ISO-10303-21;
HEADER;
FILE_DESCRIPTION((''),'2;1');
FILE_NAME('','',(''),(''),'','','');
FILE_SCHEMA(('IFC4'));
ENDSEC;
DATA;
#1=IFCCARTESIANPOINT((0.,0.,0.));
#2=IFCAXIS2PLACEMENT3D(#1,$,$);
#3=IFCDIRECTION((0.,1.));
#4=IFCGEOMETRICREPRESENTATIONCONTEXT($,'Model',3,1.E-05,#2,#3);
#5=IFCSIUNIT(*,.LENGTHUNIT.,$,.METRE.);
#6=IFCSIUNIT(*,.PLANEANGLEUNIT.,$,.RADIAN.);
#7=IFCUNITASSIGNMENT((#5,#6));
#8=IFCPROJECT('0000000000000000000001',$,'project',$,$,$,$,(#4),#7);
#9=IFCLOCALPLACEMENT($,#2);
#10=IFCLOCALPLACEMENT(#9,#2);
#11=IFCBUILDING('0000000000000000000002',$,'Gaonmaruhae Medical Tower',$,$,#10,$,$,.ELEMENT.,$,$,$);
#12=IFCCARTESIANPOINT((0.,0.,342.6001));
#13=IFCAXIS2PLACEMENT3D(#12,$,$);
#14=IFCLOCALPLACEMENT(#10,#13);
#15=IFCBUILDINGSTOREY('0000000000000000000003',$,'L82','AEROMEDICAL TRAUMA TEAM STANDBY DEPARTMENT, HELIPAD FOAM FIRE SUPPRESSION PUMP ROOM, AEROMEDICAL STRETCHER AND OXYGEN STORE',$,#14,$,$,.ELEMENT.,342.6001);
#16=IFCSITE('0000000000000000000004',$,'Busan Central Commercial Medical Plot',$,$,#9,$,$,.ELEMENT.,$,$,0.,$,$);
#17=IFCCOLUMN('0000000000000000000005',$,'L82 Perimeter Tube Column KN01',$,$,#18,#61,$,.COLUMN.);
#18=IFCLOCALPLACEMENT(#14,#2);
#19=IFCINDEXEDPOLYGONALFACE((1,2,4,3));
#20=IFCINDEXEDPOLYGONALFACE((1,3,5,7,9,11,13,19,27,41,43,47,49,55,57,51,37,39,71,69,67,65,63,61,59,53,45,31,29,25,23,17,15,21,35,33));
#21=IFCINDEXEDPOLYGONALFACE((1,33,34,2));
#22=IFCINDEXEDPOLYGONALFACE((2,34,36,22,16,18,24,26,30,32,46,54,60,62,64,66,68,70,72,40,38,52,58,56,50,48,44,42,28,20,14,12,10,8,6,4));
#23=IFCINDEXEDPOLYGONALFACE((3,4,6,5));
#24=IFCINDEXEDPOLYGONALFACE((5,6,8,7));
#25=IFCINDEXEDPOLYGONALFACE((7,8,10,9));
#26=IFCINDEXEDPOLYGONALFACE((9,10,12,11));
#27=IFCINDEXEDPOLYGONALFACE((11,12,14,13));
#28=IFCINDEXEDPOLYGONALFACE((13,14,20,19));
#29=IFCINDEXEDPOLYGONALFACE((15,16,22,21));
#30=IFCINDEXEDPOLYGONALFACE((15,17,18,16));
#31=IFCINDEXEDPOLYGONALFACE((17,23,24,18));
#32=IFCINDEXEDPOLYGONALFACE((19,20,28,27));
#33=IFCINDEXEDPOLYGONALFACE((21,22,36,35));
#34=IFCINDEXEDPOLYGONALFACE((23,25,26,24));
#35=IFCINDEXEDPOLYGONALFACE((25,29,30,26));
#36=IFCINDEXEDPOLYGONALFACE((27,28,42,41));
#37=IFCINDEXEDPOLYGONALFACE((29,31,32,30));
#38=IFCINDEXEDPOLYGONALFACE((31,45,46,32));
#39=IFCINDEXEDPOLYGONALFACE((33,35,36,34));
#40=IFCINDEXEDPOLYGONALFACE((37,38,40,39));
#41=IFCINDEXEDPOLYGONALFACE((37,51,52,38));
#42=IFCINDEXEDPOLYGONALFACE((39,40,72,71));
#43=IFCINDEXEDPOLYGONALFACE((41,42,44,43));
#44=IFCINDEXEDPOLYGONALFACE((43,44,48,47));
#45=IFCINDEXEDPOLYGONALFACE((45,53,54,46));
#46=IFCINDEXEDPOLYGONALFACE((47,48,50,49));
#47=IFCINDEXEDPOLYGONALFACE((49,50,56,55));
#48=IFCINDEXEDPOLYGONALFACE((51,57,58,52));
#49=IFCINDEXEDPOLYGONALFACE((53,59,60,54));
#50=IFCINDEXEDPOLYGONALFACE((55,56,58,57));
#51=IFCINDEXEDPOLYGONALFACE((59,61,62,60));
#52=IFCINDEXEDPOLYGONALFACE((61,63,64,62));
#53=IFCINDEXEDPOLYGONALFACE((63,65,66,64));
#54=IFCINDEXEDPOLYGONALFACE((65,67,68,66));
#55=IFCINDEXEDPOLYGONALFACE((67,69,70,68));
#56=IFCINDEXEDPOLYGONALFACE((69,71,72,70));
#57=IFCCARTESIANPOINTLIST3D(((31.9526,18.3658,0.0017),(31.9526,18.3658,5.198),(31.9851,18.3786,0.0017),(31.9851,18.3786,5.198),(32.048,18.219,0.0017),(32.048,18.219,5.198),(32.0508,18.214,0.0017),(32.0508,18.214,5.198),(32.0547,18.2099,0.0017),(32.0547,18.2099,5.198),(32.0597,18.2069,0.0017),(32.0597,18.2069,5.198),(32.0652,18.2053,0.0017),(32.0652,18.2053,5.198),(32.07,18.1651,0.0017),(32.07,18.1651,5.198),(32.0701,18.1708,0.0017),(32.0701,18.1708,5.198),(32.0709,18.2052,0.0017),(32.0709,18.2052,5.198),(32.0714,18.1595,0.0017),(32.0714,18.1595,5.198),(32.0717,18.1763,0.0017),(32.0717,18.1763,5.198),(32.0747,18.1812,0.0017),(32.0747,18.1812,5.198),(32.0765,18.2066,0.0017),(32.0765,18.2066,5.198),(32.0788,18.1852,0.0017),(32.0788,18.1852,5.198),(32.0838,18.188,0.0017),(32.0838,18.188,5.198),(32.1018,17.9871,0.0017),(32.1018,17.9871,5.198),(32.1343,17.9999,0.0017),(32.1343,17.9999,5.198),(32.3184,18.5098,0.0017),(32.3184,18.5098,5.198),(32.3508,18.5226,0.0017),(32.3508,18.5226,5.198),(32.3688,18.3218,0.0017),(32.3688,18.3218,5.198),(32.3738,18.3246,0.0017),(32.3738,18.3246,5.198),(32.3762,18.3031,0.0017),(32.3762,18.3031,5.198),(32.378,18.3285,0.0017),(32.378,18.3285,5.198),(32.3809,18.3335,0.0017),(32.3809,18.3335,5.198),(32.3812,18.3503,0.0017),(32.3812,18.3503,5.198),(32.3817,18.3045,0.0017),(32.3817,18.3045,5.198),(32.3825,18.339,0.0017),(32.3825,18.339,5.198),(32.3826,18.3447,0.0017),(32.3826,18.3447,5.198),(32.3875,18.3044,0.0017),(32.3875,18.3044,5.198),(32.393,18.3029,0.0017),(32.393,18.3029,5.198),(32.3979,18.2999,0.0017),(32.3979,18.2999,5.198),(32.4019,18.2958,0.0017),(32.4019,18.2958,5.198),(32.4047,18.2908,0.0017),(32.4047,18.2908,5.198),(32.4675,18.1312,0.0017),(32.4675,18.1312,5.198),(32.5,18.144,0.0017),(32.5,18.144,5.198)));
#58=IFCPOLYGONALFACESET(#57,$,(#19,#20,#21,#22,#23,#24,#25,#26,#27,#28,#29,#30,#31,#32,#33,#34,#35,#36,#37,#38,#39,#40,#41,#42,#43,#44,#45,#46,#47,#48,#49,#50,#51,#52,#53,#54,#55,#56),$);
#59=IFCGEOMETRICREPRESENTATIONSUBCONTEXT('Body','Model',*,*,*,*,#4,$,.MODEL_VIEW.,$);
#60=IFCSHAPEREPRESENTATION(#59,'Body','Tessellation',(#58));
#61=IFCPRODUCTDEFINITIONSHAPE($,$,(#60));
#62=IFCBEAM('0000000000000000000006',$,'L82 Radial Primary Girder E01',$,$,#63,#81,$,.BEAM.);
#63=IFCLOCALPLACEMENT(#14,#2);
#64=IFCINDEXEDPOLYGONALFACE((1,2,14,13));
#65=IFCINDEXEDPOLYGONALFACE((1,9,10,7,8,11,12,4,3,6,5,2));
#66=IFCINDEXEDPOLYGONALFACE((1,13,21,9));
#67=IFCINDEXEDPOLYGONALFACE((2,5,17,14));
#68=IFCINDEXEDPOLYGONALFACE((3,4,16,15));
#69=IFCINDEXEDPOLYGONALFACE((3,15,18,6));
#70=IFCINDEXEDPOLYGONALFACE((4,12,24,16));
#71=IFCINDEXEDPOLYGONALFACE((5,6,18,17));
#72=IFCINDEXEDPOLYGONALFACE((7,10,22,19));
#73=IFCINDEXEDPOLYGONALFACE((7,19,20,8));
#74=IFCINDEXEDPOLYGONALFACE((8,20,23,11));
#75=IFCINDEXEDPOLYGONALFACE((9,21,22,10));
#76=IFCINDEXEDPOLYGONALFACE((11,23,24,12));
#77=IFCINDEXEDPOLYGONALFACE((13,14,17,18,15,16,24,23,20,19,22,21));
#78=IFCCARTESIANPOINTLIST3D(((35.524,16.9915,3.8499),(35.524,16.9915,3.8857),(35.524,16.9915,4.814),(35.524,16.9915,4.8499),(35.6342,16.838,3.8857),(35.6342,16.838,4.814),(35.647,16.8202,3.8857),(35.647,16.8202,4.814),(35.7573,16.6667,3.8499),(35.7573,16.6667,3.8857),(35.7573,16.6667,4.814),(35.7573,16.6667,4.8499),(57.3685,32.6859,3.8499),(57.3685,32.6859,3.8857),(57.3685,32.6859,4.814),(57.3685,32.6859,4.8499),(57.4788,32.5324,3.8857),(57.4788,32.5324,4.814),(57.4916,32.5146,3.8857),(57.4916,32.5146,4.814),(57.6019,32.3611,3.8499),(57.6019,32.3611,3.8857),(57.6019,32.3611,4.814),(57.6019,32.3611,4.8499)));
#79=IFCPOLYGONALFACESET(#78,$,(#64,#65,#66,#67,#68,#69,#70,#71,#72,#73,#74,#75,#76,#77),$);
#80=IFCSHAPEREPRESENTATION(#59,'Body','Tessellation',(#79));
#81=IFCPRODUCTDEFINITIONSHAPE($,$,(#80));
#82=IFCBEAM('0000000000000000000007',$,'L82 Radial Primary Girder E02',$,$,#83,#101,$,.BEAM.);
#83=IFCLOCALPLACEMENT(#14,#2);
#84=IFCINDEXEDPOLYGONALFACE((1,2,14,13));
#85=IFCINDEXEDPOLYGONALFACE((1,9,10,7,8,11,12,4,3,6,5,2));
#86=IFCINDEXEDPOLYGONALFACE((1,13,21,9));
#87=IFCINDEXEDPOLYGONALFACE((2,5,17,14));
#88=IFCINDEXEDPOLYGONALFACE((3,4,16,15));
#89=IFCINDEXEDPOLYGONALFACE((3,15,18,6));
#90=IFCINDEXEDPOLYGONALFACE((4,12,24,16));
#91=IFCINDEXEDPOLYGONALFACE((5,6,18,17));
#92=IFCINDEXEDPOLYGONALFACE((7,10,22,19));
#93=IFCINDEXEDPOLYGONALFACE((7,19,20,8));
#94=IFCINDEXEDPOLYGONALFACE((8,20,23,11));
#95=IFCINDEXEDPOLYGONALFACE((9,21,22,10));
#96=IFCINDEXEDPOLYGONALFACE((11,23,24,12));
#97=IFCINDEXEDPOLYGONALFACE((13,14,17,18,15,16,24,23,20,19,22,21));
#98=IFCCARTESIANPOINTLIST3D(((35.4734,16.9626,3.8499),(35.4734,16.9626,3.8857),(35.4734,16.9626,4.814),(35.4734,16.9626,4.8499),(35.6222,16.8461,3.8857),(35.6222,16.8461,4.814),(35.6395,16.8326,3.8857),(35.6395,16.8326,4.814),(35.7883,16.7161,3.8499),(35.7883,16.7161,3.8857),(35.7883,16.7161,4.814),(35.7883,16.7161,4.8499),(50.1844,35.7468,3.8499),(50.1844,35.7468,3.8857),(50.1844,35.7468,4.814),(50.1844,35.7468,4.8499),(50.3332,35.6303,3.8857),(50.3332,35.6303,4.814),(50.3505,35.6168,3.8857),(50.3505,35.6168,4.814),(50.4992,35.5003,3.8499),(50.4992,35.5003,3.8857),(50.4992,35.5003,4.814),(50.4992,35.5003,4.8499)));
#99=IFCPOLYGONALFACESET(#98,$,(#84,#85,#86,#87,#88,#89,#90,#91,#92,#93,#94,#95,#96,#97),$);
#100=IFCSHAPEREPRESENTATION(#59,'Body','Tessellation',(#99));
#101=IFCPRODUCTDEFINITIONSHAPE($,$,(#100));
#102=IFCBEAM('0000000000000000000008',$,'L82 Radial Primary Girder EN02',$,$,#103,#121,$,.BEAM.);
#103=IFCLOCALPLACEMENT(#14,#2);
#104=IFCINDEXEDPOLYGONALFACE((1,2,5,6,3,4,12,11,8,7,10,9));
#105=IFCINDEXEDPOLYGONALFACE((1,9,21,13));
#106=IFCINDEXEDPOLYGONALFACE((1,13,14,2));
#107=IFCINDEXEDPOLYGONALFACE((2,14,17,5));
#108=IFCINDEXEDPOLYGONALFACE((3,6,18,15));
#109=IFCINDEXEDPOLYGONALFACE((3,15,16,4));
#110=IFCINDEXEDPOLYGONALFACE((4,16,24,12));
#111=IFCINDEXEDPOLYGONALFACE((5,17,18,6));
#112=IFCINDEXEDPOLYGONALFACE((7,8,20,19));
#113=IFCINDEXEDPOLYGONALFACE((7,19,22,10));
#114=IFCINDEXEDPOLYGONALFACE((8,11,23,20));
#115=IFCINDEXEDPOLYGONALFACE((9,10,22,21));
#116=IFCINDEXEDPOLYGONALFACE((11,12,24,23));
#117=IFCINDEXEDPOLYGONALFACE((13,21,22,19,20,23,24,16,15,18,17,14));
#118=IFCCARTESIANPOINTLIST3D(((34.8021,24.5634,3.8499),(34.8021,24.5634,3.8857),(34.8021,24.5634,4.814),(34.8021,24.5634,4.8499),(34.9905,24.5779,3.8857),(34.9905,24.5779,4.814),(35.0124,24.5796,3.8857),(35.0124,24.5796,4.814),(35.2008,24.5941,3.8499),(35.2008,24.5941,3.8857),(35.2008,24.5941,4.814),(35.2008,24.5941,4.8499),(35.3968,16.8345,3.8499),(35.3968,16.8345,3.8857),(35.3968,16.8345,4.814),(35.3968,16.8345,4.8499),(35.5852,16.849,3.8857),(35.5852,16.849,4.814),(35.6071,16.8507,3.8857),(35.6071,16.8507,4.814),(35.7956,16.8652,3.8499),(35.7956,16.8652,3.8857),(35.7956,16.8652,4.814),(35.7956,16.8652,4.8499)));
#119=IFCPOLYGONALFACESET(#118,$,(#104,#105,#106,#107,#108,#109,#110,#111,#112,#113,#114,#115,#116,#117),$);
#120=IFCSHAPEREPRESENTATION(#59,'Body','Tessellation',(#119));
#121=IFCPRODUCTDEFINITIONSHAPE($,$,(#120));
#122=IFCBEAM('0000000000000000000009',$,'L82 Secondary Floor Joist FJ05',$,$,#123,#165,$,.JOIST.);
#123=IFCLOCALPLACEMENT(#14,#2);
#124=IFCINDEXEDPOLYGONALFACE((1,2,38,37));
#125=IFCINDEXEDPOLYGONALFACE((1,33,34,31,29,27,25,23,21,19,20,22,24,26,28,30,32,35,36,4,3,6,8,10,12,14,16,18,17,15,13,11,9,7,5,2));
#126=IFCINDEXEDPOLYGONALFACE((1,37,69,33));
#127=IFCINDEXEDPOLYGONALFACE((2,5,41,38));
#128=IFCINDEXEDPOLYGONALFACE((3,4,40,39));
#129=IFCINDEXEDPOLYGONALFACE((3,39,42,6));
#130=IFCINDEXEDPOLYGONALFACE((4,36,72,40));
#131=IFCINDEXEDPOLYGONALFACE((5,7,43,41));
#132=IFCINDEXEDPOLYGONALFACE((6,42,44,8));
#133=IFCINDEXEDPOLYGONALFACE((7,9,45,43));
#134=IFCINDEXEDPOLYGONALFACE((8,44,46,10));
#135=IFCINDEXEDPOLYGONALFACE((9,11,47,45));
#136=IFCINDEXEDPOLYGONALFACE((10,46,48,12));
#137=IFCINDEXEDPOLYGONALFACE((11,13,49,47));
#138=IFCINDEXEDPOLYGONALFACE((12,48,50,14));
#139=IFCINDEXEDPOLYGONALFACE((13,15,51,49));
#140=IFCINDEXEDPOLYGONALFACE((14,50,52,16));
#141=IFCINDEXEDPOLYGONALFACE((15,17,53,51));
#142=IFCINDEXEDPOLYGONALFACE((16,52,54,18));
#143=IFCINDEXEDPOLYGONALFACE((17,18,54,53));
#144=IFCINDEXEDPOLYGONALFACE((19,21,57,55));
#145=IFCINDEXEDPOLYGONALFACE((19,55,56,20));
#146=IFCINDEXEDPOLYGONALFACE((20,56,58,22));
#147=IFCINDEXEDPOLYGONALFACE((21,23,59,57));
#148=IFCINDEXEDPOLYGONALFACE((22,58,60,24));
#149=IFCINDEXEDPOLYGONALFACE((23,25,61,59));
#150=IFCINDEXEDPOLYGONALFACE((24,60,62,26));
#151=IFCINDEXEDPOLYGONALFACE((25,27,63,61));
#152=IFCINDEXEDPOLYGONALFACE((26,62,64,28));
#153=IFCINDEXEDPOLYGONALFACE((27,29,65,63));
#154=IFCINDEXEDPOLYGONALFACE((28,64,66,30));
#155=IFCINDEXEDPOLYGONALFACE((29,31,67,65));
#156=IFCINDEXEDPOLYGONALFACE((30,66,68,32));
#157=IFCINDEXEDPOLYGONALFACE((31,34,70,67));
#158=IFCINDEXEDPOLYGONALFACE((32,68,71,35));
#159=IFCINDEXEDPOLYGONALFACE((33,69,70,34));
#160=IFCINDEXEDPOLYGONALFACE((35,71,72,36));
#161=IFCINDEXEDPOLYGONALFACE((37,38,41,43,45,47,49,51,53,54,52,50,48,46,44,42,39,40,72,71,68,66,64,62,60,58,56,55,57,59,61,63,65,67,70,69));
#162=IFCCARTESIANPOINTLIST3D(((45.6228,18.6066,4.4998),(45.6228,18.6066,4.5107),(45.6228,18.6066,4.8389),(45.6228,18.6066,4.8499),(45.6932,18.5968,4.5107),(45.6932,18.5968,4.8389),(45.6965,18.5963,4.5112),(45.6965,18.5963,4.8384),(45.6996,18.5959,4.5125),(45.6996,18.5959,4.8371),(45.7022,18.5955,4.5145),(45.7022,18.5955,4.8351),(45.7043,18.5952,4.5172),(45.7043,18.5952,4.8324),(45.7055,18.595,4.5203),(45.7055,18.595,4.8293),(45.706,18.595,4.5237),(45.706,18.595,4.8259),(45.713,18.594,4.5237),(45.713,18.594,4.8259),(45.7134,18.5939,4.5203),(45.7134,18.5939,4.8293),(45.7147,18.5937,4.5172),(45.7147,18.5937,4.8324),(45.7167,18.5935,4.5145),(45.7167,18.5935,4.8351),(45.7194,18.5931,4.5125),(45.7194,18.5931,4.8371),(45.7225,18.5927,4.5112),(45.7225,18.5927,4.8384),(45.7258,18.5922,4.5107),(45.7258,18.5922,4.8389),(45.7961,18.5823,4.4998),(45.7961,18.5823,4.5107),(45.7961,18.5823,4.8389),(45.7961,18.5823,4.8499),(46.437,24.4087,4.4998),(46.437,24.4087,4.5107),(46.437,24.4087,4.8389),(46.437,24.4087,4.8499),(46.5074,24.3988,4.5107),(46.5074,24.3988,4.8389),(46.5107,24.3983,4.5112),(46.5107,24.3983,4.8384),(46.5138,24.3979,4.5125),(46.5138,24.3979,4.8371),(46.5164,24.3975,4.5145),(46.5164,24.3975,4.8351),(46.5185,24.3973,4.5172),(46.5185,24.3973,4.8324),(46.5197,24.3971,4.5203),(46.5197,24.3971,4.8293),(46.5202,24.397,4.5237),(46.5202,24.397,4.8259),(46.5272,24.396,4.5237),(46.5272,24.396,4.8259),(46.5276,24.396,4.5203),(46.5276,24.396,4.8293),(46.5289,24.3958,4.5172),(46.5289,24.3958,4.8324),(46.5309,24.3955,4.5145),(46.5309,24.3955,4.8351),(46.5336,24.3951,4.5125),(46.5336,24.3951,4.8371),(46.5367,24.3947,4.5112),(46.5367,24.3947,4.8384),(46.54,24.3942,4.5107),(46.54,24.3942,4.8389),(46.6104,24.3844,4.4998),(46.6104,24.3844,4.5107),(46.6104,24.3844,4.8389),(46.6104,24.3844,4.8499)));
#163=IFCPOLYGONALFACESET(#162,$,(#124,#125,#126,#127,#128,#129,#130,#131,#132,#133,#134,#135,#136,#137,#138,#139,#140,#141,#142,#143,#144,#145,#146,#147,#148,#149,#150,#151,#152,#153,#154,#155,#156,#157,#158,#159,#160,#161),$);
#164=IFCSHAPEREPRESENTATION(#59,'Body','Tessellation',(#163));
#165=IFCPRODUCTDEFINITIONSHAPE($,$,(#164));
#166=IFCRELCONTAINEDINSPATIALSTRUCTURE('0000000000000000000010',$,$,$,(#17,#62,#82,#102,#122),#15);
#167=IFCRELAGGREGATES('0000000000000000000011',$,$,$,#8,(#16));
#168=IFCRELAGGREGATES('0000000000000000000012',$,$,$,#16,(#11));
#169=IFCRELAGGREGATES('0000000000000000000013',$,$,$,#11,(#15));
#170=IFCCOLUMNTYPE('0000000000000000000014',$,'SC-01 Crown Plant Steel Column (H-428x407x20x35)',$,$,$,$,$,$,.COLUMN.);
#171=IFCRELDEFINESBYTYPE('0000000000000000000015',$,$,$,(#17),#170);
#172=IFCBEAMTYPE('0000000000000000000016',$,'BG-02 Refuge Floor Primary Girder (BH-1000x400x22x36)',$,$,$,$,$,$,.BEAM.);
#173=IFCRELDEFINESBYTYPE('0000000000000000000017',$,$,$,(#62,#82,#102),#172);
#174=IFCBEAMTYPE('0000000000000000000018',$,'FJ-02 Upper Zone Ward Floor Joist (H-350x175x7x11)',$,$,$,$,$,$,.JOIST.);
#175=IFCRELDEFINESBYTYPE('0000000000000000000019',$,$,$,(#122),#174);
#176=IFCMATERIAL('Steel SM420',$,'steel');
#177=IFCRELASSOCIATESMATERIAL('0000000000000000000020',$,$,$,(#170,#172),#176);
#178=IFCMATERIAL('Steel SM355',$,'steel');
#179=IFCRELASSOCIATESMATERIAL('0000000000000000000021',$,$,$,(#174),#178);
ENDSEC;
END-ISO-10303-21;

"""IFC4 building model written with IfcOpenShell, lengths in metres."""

from ifc_helpers import new_model, si_unit, direction, frame, origin, origin_2d, place, context, subcontext, project, spatial, i_section, extrude, material, material_profile, profile_set, type_object, element, save


model = new_model("IFC4")

# Units and contexts
model_context = context("Model", 3, precision=1e-05, world=origin(), true_north=direction((0.0, 1.0)))
body_context = subcontext(model_context, "Body", "Model", "MODEL_VIEW")
ifc_project = project(units=[si_unit("LENGTHUNIT", "METRE"), si_unit("PLANEANGLEUNIT", "RADIAN")], contexts=[model_context])

# Site, building, storey
site_placement = place(None, origin())
site = spatial("IfcSite", under=ifc_project, at=site_placement, Name="Busan Central Commercial Medical Plot", CompositionType="ELEMENT", RefElevation=0.0)
building_placement = place(site_placement, origin())
building = spatial("IfcBuilding", under=site, at=building_placement, Name="Gaonmaruhae Medical Tower", CompositionType="ELEMENT")
storey_placement = place(building_placement, frame((0.0, 0.0, 342.6001)))
storey = spatial("IfcBuildingStorey", under=building, at=storey_placement, Name="L82", Description="AEROMEDICAL TRAUMA TEAM STANDBY DEPARTMENT, HELIPAD FOAM FIRE SUPPRESSION PUMP ROOM, AEROMEDICAL STRETCHER AND OXYGEN STORE", CompositionType="ELEMENT", Elevation=342.6001)

# Column
ifc_material_1 = material(Name="Steel SM420", Category="steel")
ifc_material_profile_1 = material_profile(ifc_material_1, i_section(OverallWidth=0.407, OverallDepth=0.428, WebThickness=0.02, FlangeThickness=0.0349, FilletRadius=0.022, at=origin_2d()), Name="H-428x407x20x35")
ifc_profile_set_1 = profile_set([ifc_material_profile_1], Name="Steel SM420")
column_type = type_object("IfcColumnType", Name="SC-01 Crown Plant Steel Column (H-428x407x20x35)", PredefinedType="COLUMN", material=ifc_profile_set_1)
column_placement = place(storey_placement, frame((32.2263, 18.2549, 0.0017), z_axis=(0.0, 0.0, 1.0), x_axis=(-0.366501, 0.930418, 0.0)))
element("IfcColumn", 1, at=column_placement, inside=storey, type_object=column_type, Name="L82 Perimeter Tube Column KN01", PredefinedType="COLUMN", context=body_context, shape_type="SweptSolid", body=[
    extrude(i_section(OverallWidth=0.407, OverallDepth=0.428, WebThickness=0.02, FlangeThickness=0.0349, FilletRadius=0.022, at=origin_2d()), origin(), (0.0, 0.0, 1.0), 5.1963),
])

# Beams
ifc_material_profile_2 = material_profile(ifc_material_1, i_section(OverallWidth=0.3999, OverallDepth=1.0, WebThickness=0.022, FlangeThickness=0.0359, at=origin_2d()), Name="BH-1000x400x22x36")
ifc_profile_set_2 = profile_set([ifc_material_profile_2], Name="Steel SM420")
beam_type_1 = type_object("IfcBeamType", Name="BG-02 Refuge Floor Primary Girder (BH-1000x400x22x36)", PredefinedType="BEAM", material=ifc_profile_set_2)
beam_1_placement = place(storey_placement, frame((35.6406, 16.8291, 4.3499), z_axis=(0.812128, 0.583479, 0.0), x_axis=(-0.583479, 0.812128, 0.0)))
element("IfcBeam", 2, at=beam_1_placement, inside=storey, type_object=beam_type_1, Name="L82 Radial Primary Girder E01", PredefinedType="BEAM", context=body_context, shape_type="SweptSolid", body=[
    extrude(i_section(OverallWidth=0.3999, OverallDepth=1.0, WebThickness=0.022, FlangeThickness=0.0359, at=origin_2d()), origin(), (0.0, 0.0, 1.0), 26.8979),
])
beam_2_placement = place(storey_placement, frame((35.6309, 16.8394, 4.3499), z_axis=(0.616575, 0.787296, 0.0), x_axis=(-0.787296, 0.616575, 0.0)))
element("IfcBeam", 3, at=beam_2_placement, inside=storey, type_object=beam_type_1, Name="L82 Radial Primary Girder E02", PredefinedType="BEAM", context=body_context, shape_type="SweptSolid", body=[
    extrude(i_section(OverallWidth=0.3999, OverallDepth=1.0, WebThickness=0.022, FlangeThickness=0.0359, at=origin_2d()), origin(), (0.0, 0.0, 1.0), 23.8591),
])
beam_3_placement = place(storey_placement, frame((35.5962, 16.8499, 4.3499), z_axis=(-0.076723, 0.997052, 0.0), x_axis=(-0.997052, -0.076723, 0.0)))
element("IfcBeam", 4, at=beam_3_placement, inside=storey, type_object=beam_type_1, Name="L82 Radial Primary Girder EN02", PredefinedType="BEAM", context=body_context, shape_type="SweptSolid", body=[
    extrude(i_section(OverallWidth=0.3999, OverallDepth=1.0, WebThickness=0.022, FlangeThickness=0.0359, at=origin_2d()), origin(), (0.0, 0.0, 1.0), 7.7517),
])
ifc_material_2 = material(Name="Steel SM355", Category="steel")
ifc_material_profile_3 = material_profile(ifc_material_2, i_section(OverallWidth=0.175, OverallDepth=0.3501, WebThickness=0.0071, FlangeThickness=0.011, FilletRadius=0.0129, at=origin_2d()), Name="H-350x175x7x11")
ifc_profile_set_3 = profile_set([ifc_material_profile_3], Name="Steel SM355")
beam_type_2 = type_object("IfcBeamType", Name="FJ-02 Upper Zone Ward Floor Joist (H-350x175x7x11)", PredefinedType="JOIST", material=ifc_profile_set_3)
beam_4_placement = place(storey_placement, frame((45.7095, 18.5945, 4.6748), z_axis=(0.138971, 0.990296, 0.0), x_axis=(-0.990296, 0.138971, 0.0)))
element("IfcBeam", 5, at=beam_4_placement, inside=storey, type_object=beam_type_2, Name="L82 Secondary Floor Joist FJ05", PredefinedType="JOIST", context=body_context, shape_type="SweptSolid", body=[
    extrude(i_section(OverallWidth=0.175, OverallDepth=0.3501, WebThickness=0.0071, FlangeThickness=0.011, FilletRadius=0.0129, at=origin_2d()), origin(), (0.0, 0.0, 1.0), 5.8589),
])

save(model, "model.ifc")
